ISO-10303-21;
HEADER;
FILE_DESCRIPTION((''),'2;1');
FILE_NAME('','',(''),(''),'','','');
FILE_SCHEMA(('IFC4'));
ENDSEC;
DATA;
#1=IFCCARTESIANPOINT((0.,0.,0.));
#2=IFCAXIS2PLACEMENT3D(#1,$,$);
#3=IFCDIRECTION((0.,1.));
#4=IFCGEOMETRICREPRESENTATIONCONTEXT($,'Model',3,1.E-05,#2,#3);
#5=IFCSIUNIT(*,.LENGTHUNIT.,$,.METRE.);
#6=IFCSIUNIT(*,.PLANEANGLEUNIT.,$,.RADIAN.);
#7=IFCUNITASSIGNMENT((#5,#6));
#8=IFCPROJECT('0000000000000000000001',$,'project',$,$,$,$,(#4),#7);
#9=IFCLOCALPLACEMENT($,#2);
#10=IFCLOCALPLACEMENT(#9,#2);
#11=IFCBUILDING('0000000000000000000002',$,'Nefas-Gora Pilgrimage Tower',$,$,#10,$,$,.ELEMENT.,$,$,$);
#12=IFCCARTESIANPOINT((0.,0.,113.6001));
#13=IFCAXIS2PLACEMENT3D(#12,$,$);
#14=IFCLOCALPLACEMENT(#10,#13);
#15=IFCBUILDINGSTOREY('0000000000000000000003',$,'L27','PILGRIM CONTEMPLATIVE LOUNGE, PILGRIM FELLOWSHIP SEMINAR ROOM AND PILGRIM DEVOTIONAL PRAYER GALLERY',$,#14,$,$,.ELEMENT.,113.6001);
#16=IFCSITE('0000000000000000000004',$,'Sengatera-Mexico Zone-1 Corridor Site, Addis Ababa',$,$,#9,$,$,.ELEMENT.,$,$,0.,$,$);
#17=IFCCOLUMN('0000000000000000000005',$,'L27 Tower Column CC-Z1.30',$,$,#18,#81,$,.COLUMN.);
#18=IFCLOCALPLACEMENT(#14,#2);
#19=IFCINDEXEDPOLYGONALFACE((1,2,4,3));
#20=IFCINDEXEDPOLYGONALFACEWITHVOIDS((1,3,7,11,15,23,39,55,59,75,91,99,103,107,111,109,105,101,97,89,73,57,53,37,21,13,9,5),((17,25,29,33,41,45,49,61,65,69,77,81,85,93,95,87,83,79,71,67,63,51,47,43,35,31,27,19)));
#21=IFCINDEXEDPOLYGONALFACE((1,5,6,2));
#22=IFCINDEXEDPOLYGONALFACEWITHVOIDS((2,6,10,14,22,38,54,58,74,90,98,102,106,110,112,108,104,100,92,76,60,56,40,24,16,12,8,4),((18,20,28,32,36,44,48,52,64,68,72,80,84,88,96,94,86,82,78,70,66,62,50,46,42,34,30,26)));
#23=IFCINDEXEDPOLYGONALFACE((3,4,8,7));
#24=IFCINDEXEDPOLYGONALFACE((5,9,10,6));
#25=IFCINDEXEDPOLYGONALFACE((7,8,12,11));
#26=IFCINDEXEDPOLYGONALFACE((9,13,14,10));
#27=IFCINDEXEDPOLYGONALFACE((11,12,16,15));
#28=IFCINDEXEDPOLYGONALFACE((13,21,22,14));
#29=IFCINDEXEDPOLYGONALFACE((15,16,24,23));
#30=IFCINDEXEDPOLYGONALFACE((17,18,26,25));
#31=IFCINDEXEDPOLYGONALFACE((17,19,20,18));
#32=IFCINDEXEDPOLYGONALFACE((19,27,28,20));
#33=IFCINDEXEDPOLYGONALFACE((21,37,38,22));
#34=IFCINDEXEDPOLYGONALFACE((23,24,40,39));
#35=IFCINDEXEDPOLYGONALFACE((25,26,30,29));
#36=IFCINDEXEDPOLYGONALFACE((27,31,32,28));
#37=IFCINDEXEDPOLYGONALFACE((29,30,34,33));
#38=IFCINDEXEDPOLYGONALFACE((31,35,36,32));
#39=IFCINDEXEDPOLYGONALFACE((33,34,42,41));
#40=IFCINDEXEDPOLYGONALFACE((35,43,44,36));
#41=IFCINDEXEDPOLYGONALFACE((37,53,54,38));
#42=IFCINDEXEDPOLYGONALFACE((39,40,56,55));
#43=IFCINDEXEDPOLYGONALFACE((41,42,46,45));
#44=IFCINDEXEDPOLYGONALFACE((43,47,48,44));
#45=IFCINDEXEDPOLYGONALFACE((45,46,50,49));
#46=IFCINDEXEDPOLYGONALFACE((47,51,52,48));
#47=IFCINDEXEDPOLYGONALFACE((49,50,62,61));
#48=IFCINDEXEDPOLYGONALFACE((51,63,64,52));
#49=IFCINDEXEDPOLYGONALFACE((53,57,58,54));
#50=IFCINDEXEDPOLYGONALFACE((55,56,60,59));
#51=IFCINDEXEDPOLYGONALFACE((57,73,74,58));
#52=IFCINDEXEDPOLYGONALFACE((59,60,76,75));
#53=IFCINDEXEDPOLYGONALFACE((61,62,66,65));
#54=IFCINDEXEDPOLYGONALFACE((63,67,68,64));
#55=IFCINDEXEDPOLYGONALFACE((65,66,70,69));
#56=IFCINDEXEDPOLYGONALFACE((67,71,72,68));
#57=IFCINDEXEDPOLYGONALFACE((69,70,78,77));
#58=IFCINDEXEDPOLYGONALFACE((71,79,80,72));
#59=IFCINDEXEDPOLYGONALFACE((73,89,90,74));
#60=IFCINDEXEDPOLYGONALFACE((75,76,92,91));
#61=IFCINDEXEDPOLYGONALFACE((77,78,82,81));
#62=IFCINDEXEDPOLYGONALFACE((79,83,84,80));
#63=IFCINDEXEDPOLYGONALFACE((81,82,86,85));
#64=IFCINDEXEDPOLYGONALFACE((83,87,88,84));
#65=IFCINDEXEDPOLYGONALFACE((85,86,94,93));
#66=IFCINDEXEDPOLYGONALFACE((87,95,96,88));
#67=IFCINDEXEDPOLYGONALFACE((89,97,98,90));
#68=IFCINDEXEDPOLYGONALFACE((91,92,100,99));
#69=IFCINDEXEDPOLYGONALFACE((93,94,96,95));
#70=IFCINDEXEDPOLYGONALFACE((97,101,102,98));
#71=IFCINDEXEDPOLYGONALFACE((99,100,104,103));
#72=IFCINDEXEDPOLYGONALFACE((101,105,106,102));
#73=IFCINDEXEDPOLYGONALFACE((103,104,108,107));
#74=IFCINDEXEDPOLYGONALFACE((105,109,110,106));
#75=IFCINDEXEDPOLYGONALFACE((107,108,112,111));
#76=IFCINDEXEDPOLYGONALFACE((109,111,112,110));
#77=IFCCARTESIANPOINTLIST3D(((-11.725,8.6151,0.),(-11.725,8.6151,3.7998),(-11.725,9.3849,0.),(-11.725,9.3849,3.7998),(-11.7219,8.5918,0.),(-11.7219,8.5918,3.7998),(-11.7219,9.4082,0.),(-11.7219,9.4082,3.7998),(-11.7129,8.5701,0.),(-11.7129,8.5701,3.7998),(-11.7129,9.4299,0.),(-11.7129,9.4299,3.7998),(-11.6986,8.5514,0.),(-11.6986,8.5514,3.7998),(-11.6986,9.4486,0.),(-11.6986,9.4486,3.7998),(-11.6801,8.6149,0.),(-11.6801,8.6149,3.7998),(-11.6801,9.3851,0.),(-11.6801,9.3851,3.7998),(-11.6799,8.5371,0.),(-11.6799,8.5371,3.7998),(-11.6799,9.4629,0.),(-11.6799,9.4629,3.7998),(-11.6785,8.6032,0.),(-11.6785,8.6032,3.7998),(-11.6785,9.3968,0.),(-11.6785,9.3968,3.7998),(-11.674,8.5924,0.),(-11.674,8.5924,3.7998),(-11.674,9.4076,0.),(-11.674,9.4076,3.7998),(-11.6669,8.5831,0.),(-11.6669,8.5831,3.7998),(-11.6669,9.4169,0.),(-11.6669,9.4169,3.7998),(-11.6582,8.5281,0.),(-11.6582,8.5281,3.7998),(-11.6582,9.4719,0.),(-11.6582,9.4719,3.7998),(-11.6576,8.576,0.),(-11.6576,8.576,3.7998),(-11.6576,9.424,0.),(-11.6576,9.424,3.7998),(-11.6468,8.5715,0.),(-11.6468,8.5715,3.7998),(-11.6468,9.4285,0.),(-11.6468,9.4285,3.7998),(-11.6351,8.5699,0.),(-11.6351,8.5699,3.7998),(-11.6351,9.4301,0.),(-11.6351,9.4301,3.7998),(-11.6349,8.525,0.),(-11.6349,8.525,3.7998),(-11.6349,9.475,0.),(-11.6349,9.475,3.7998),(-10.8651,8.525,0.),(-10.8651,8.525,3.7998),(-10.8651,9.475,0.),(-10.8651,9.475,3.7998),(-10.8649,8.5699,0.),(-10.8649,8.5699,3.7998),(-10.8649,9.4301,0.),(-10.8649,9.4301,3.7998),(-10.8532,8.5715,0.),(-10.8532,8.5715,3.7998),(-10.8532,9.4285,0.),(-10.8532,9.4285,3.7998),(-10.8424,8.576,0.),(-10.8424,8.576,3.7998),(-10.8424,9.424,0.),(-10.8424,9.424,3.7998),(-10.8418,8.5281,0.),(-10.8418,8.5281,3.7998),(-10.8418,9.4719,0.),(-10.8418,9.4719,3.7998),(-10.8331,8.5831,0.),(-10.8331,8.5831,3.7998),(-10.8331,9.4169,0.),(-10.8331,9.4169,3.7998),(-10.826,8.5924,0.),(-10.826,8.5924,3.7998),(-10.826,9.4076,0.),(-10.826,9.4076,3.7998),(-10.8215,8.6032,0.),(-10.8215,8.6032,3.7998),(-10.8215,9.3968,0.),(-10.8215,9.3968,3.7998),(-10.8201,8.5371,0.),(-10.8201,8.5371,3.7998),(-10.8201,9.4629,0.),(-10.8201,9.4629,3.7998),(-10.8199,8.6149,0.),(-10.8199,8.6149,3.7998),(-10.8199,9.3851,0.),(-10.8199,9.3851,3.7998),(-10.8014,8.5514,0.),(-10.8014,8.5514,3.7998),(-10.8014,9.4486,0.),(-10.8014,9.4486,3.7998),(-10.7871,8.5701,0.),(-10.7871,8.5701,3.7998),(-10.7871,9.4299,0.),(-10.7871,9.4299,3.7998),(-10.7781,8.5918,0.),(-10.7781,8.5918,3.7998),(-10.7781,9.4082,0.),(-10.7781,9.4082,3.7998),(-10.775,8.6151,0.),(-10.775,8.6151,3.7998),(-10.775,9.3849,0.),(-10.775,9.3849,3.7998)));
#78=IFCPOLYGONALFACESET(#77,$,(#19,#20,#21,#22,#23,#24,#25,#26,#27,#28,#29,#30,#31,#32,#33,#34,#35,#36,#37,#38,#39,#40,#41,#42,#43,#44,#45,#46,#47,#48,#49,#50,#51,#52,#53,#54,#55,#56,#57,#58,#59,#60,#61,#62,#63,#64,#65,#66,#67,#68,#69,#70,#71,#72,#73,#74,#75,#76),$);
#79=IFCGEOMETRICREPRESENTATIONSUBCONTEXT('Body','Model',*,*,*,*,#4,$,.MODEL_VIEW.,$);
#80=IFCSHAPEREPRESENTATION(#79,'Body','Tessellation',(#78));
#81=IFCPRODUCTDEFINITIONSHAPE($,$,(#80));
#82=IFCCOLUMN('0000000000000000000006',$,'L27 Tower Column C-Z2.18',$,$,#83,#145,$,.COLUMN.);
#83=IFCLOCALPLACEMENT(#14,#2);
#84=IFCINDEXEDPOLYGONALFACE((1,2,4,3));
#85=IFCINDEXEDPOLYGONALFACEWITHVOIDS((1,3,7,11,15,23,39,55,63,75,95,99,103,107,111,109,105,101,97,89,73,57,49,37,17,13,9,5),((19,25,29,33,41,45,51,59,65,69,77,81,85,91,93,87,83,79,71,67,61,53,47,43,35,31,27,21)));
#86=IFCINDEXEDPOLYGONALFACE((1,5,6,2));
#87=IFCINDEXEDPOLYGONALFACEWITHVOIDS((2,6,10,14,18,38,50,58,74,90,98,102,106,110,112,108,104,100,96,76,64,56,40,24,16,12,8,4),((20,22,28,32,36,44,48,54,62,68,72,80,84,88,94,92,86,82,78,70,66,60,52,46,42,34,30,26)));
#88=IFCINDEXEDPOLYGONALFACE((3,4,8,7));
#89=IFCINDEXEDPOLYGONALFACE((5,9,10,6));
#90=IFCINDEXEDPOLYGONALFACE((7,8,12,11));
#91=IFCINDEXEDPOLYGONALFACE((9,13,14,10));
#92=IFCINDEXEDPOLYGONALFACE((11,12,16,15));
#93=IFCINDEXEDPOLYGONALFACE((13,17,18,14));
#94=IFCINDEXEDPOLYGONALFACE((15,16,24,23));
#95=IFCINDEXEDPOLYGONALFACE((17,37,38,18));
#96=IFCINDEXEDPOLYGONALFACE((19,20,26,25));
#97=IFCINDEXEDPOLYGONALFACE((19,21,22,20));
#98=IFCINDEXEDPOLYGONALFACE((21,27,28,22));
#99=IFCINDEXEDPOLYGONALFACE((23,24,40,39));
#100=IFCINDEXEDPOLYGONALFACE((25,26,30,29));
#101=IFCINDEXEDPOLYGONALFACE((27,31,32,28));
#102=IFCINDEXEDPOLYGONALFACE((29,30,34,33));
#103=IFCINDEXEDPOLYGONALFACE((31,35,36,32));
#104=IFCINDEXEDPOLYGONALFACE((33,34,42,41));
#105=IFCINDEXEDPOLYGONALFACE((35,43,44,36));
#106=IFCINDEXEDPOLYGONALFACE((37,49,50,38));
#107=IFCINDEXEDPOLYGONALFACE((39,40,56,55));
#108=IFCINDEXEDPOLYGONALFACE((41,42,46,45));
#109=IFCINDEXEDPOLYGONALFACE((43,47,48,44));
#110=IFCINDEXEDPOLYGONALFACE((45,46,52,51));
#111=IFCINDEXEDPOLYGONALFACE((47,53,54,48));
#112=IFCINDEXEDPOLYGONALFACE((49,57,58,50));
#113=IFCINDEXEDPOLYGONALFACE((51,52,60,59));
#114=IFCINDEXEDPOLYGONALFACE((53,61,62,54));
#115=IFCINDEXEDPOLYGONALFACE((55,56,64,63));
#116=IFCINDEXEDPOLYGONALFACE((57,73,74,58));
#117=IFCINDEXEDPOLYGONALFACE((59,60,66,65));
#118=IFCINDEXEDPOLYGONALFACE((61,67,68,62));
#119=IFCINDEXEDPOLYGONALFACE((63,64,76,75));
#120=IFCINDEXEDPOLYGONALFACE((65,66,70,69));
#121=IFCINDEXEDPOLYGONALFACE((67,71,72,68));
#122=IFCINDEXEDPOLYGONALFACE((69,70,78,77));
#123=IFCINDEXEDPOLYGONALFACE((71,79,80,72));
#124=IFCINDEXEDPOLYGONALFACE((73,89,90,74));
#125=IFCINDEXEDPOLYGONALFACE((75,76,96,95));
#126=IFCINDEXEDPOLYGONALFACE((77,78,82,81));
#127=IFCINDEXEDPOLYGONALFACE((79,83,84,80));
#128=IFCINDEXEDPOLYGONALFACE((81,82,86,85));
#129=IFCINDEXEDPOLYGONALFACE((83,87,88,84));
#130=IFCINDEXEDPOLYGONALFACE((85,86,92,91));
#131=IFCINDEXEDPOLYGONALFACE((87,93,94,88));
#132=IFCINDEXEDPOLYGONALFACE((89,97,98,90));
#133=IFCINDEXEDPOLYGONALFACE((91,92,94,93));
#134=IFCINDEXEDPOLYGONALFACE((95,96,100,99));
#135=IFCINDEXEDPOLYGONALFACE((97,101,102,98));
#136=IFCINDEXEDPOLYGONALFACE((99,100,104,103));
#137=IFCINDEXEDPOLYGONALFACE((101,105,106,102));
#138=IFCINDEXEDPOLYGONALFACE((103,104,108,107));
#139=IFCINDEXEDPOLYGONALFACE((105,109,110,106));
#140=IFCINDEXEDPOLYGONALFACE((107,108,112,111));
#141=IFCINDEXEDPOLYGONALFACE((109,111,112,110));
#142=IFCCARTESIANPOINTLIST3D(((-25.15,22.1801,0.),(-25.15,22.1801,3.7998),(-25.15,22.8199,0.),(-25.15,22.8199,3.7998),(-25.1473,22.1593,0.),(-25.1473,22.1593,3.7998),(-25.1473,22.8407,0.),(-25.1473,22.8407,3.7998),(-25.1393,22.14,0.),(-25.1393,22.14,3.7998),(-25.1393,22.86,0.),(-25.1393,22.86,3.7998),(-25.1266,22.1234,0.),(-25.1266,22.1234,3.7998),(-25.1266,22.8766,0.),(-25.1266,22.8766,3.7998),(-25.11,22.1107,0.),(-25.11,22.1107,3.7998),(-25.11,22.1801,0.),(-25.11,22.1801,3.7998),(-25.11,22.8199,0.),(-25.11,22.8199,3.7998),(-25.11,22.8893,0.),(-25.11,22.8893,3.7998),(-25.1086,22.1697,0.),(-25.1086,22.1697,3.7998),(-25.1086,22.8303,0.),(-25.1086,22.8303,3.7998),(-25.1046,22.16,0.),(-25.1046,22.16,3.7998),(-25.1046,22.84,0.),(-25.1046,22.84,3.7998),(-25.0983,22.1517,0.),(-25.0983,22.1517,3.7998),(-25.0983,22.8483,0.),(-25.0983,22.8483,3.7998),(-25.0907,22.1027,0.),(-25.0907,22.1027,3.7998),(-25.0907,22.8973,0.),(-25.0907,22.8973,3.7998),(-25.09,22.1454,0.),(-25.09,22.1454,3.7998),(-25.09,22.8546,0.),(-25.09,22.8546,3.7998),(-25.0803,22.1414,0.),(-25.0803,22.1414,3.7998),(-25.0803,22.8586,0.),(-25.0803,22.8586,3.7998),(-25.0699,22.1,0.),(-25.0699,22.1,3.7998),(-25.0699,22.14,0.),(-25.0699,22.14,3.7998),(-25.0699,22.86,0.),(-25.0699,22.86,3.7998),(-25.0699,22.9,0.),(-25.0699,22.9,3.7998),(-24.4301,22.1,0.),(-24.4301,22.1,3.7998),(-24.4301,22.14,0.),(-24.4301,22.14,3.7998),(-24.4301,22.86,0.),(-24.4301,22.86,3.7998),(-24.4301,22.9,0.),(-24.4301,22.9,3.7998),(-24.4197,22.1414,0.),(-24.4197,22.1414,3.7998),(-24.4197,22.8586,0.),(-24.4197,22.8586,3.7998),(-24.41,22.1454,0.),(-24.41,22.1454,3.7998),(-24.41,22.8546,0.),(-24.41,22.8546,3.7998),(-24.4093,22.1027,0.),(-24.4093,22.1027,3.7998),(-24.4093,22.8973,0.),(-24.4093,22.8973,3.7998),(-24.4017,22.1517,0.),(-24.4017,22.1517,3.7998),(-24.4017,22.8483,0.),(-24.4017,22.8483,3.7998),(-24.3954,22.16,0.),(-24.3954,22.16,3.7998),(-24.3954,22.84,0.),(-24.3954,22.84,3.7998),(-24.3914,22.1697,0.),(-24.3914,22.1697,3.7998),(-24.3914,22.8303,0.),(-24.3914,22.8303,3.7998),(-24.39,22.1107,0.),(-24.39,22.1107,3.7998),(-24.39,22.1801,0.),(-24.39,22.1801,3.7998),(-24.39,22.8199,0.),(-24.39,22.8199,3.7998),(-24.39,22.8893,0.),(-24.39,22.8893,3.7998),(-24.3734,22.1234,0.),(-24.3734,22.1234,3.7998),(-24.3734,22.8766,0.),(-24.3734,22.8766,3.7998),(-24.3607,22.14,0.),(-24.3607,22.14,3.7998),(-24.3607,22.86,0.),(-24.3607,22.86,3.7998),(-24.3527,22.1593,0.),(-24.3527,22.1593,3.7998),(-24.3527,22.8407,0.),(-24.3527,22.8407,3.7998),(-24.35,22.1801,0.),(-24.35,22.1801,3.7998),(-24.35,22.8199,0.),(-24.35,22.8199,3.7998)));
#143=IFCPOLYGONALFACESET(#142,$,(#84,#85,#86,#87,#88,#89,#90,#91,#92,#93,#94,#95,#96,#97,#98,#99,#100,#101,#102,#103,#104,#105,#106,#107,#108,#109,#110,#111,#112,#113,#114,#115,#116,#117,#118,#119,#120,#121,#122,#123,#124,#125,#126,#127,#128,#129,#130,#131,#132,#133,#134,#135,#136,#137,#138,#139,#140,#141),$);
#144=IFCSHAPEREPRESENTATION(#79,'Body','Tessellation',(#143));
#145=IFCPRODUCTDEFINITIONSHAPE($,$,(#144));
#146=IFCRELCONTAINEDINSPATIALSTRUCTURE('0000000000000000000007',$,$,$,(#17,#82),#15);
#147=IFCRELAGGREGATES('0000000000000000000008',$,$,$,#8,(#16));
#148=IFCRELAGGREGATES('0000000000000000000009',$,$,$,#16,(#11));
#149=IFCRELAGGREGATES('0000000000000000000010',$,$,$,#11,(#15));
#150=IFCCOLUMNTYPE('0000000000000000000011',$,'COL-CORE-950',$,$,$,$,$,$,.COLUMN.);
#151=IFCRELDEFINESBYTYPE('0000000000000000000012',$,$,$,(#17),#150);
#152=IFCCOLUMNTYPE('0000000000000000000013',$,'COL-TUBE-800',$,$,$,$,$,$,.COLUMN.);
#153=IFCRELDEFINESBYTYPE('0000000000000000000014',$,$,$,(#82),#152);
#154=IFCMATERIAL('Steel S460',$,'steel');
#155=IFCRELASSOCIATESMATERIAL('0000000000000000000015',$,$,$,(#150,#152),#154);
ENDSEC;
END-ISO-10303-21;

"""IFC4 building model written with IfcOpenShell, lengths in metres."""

from ifc_helpers import new_model, si_unit, direction, frame, origin, origin_2d, place, context, subcontext, project, spatial, hollow_rectangle, extrude, source, transform, mapped, material, material_profile, profile_set, type_object, element, save


model = new_model("IFC4")

# Units and contexts
model_context = context("Model", 3, precision=1e-05, world=origin(), true_north=direction((0.0, 1.0)))
body_context = subcontext(model_context, "Body", "Model", "MODEL_VIEW")
ifc_project = project(units=[si_unit("LENGTHUNIT", "METRE"), si_unit("PLANEANGLEUNIT", "RADIAN")], contexts=[model_context])

# Site, building, storey
site_placement = place(None, origin())
site = spatial("IfcSite", under=ifc_project, at=site_placement, Name="Sengatera-Mexico Zone-1 Corridor Site, Addis Ababa", CompositionType="ELEMENT", RefElevation=0.0)
building_placement = place(site_placement, origin())
building = spatial("IfcBuilding", under=site, at=building_placement, Name="Nefas-Gora Pilgrimage Tower", CompositionType="ELEMENT")
storey_placement = place(building_placement, frame((0.0, 0.0, 113.6001)))
storey = spatial("IfcBuildingStorey", under=building, at=storey_placement, Name="L27", Description="PILGRIM CONTEMPLATIVE LOUNGE, PILGRIM FELLOWSHIP SEMINAR ROOM AND PILGRIM DEVOTIONAL PRAYER GALLERY", CompositionType="ELEMENT", Elevation=113.6001)

# Columns
ifc_material_1 = material(Name="Steel S460", Category="steel")
ifc_material_profile_1 = material_profile(ifc_material_1, hollow_rectangle(XDim=0.95, YDim=0.95, WallThickness=0.0449, InnerFilletRadius=0.0449, OuterFilletRadius=0.0901, at=origin_2d()), Name="BOX 950x950x45")
ifc_profile_set_1 = profile_set([ifc_material_profile_1], Name="Steel S460")
column_type_1 = type_object("IfcColumnType", Name="COL-CORE-950", PredefinedType="COLUMN", material=ifc_profile_set_1)
shared_shape_1 = source(origin(), body_context, "Body", "SweptSolid", [
    extrude(hollow_rectangle(XDim=0.95, YDim=0.95, WallThickness=0.0449, InnerFilletRadius=0.0449, OuterFilletRadius=0.0901, at=origin_2d()), origin(), (0.0, 0.0, 1.0), 3.7998),
])
column_placement = place(storey_placement, frame((-11.25, 9.0, 0.0), z_axis=(0.0, 0.0, 1.0), x_axis=(1.0, 0.0, 0.0)))
element("IfcColumn", 1, at=column_placement, inside=storey, type_object=column_type_1, Name="L27 Tower Column CC-Z1.30", PredefinedType="COLUMN", context=body_context, shape_type="MappedRepresentation", body=[
    mapped(shared_shape_1, transform((0.0, 0.0, 0.0), x_axis=(1.0, 0.0, 0.0), y_axis=(0.0, 1.0, 0.0), z_axis=(0.0, 0.0, 1.0), scale=1.0)),
])
ifc_material_profile_2 = material_profile(ifc_material_1, hollow_rectangle(XDim=0.8, YDim=0.8, WallThickness=0.04, InnerFilletRadius=0.04, OuterFilletRadius=0.0801, at=origin_2d()), Name="BOX 800x800x40")
ifc_profile_set_2 = profile_set([ifc_material_profile_2], Name="Steel S460")
column_type_2 = type_object("IfcColumnType", Name="COL-TUBE-800", PredefinedType="COLUMN", material=ifc_profile_set_2)
shared_shape_2 = source(origin(), body_context, "Body", "SweptSolid", [
    extrude(hollow_rectangle(XDim=0.8, YDim=0.8, WallThickness=0.04, InnerFilletRadius=0.04, OuterFilletRadius=0.0801, at=origin_2d()), origin(), (0.0, 0.0, 1.0), 3.7998),
])
for number, where, z_axis, x_axis, name in (
    (2, (-24.75, 22.5, 0.0), (0.0, 0.0, 1.0), (1.0, 0.0, 0.0), "L27 Tower Column C-Z2.18"),
):
    element("IfcColumn", number, at=place(storey_placement, frame(where, z_axis=z_axis, x_axis=x_axis)), inside=storey, type_object=column_type_2, Name=name, PredefinedType="COLUMN", context=body_context, shape_type="MappedRepresentation", body=[
        mapped(shared_shape_2, transform((0.0, 0.0, 0.0), x_axis=(1.0, 0.0, 0.0), y_axis=(0.0, 1.0, 0.0), z_axis=(0.0, 0.0, 1.0), scale=1.0)),
    ])

save(model, "model.ifc")
